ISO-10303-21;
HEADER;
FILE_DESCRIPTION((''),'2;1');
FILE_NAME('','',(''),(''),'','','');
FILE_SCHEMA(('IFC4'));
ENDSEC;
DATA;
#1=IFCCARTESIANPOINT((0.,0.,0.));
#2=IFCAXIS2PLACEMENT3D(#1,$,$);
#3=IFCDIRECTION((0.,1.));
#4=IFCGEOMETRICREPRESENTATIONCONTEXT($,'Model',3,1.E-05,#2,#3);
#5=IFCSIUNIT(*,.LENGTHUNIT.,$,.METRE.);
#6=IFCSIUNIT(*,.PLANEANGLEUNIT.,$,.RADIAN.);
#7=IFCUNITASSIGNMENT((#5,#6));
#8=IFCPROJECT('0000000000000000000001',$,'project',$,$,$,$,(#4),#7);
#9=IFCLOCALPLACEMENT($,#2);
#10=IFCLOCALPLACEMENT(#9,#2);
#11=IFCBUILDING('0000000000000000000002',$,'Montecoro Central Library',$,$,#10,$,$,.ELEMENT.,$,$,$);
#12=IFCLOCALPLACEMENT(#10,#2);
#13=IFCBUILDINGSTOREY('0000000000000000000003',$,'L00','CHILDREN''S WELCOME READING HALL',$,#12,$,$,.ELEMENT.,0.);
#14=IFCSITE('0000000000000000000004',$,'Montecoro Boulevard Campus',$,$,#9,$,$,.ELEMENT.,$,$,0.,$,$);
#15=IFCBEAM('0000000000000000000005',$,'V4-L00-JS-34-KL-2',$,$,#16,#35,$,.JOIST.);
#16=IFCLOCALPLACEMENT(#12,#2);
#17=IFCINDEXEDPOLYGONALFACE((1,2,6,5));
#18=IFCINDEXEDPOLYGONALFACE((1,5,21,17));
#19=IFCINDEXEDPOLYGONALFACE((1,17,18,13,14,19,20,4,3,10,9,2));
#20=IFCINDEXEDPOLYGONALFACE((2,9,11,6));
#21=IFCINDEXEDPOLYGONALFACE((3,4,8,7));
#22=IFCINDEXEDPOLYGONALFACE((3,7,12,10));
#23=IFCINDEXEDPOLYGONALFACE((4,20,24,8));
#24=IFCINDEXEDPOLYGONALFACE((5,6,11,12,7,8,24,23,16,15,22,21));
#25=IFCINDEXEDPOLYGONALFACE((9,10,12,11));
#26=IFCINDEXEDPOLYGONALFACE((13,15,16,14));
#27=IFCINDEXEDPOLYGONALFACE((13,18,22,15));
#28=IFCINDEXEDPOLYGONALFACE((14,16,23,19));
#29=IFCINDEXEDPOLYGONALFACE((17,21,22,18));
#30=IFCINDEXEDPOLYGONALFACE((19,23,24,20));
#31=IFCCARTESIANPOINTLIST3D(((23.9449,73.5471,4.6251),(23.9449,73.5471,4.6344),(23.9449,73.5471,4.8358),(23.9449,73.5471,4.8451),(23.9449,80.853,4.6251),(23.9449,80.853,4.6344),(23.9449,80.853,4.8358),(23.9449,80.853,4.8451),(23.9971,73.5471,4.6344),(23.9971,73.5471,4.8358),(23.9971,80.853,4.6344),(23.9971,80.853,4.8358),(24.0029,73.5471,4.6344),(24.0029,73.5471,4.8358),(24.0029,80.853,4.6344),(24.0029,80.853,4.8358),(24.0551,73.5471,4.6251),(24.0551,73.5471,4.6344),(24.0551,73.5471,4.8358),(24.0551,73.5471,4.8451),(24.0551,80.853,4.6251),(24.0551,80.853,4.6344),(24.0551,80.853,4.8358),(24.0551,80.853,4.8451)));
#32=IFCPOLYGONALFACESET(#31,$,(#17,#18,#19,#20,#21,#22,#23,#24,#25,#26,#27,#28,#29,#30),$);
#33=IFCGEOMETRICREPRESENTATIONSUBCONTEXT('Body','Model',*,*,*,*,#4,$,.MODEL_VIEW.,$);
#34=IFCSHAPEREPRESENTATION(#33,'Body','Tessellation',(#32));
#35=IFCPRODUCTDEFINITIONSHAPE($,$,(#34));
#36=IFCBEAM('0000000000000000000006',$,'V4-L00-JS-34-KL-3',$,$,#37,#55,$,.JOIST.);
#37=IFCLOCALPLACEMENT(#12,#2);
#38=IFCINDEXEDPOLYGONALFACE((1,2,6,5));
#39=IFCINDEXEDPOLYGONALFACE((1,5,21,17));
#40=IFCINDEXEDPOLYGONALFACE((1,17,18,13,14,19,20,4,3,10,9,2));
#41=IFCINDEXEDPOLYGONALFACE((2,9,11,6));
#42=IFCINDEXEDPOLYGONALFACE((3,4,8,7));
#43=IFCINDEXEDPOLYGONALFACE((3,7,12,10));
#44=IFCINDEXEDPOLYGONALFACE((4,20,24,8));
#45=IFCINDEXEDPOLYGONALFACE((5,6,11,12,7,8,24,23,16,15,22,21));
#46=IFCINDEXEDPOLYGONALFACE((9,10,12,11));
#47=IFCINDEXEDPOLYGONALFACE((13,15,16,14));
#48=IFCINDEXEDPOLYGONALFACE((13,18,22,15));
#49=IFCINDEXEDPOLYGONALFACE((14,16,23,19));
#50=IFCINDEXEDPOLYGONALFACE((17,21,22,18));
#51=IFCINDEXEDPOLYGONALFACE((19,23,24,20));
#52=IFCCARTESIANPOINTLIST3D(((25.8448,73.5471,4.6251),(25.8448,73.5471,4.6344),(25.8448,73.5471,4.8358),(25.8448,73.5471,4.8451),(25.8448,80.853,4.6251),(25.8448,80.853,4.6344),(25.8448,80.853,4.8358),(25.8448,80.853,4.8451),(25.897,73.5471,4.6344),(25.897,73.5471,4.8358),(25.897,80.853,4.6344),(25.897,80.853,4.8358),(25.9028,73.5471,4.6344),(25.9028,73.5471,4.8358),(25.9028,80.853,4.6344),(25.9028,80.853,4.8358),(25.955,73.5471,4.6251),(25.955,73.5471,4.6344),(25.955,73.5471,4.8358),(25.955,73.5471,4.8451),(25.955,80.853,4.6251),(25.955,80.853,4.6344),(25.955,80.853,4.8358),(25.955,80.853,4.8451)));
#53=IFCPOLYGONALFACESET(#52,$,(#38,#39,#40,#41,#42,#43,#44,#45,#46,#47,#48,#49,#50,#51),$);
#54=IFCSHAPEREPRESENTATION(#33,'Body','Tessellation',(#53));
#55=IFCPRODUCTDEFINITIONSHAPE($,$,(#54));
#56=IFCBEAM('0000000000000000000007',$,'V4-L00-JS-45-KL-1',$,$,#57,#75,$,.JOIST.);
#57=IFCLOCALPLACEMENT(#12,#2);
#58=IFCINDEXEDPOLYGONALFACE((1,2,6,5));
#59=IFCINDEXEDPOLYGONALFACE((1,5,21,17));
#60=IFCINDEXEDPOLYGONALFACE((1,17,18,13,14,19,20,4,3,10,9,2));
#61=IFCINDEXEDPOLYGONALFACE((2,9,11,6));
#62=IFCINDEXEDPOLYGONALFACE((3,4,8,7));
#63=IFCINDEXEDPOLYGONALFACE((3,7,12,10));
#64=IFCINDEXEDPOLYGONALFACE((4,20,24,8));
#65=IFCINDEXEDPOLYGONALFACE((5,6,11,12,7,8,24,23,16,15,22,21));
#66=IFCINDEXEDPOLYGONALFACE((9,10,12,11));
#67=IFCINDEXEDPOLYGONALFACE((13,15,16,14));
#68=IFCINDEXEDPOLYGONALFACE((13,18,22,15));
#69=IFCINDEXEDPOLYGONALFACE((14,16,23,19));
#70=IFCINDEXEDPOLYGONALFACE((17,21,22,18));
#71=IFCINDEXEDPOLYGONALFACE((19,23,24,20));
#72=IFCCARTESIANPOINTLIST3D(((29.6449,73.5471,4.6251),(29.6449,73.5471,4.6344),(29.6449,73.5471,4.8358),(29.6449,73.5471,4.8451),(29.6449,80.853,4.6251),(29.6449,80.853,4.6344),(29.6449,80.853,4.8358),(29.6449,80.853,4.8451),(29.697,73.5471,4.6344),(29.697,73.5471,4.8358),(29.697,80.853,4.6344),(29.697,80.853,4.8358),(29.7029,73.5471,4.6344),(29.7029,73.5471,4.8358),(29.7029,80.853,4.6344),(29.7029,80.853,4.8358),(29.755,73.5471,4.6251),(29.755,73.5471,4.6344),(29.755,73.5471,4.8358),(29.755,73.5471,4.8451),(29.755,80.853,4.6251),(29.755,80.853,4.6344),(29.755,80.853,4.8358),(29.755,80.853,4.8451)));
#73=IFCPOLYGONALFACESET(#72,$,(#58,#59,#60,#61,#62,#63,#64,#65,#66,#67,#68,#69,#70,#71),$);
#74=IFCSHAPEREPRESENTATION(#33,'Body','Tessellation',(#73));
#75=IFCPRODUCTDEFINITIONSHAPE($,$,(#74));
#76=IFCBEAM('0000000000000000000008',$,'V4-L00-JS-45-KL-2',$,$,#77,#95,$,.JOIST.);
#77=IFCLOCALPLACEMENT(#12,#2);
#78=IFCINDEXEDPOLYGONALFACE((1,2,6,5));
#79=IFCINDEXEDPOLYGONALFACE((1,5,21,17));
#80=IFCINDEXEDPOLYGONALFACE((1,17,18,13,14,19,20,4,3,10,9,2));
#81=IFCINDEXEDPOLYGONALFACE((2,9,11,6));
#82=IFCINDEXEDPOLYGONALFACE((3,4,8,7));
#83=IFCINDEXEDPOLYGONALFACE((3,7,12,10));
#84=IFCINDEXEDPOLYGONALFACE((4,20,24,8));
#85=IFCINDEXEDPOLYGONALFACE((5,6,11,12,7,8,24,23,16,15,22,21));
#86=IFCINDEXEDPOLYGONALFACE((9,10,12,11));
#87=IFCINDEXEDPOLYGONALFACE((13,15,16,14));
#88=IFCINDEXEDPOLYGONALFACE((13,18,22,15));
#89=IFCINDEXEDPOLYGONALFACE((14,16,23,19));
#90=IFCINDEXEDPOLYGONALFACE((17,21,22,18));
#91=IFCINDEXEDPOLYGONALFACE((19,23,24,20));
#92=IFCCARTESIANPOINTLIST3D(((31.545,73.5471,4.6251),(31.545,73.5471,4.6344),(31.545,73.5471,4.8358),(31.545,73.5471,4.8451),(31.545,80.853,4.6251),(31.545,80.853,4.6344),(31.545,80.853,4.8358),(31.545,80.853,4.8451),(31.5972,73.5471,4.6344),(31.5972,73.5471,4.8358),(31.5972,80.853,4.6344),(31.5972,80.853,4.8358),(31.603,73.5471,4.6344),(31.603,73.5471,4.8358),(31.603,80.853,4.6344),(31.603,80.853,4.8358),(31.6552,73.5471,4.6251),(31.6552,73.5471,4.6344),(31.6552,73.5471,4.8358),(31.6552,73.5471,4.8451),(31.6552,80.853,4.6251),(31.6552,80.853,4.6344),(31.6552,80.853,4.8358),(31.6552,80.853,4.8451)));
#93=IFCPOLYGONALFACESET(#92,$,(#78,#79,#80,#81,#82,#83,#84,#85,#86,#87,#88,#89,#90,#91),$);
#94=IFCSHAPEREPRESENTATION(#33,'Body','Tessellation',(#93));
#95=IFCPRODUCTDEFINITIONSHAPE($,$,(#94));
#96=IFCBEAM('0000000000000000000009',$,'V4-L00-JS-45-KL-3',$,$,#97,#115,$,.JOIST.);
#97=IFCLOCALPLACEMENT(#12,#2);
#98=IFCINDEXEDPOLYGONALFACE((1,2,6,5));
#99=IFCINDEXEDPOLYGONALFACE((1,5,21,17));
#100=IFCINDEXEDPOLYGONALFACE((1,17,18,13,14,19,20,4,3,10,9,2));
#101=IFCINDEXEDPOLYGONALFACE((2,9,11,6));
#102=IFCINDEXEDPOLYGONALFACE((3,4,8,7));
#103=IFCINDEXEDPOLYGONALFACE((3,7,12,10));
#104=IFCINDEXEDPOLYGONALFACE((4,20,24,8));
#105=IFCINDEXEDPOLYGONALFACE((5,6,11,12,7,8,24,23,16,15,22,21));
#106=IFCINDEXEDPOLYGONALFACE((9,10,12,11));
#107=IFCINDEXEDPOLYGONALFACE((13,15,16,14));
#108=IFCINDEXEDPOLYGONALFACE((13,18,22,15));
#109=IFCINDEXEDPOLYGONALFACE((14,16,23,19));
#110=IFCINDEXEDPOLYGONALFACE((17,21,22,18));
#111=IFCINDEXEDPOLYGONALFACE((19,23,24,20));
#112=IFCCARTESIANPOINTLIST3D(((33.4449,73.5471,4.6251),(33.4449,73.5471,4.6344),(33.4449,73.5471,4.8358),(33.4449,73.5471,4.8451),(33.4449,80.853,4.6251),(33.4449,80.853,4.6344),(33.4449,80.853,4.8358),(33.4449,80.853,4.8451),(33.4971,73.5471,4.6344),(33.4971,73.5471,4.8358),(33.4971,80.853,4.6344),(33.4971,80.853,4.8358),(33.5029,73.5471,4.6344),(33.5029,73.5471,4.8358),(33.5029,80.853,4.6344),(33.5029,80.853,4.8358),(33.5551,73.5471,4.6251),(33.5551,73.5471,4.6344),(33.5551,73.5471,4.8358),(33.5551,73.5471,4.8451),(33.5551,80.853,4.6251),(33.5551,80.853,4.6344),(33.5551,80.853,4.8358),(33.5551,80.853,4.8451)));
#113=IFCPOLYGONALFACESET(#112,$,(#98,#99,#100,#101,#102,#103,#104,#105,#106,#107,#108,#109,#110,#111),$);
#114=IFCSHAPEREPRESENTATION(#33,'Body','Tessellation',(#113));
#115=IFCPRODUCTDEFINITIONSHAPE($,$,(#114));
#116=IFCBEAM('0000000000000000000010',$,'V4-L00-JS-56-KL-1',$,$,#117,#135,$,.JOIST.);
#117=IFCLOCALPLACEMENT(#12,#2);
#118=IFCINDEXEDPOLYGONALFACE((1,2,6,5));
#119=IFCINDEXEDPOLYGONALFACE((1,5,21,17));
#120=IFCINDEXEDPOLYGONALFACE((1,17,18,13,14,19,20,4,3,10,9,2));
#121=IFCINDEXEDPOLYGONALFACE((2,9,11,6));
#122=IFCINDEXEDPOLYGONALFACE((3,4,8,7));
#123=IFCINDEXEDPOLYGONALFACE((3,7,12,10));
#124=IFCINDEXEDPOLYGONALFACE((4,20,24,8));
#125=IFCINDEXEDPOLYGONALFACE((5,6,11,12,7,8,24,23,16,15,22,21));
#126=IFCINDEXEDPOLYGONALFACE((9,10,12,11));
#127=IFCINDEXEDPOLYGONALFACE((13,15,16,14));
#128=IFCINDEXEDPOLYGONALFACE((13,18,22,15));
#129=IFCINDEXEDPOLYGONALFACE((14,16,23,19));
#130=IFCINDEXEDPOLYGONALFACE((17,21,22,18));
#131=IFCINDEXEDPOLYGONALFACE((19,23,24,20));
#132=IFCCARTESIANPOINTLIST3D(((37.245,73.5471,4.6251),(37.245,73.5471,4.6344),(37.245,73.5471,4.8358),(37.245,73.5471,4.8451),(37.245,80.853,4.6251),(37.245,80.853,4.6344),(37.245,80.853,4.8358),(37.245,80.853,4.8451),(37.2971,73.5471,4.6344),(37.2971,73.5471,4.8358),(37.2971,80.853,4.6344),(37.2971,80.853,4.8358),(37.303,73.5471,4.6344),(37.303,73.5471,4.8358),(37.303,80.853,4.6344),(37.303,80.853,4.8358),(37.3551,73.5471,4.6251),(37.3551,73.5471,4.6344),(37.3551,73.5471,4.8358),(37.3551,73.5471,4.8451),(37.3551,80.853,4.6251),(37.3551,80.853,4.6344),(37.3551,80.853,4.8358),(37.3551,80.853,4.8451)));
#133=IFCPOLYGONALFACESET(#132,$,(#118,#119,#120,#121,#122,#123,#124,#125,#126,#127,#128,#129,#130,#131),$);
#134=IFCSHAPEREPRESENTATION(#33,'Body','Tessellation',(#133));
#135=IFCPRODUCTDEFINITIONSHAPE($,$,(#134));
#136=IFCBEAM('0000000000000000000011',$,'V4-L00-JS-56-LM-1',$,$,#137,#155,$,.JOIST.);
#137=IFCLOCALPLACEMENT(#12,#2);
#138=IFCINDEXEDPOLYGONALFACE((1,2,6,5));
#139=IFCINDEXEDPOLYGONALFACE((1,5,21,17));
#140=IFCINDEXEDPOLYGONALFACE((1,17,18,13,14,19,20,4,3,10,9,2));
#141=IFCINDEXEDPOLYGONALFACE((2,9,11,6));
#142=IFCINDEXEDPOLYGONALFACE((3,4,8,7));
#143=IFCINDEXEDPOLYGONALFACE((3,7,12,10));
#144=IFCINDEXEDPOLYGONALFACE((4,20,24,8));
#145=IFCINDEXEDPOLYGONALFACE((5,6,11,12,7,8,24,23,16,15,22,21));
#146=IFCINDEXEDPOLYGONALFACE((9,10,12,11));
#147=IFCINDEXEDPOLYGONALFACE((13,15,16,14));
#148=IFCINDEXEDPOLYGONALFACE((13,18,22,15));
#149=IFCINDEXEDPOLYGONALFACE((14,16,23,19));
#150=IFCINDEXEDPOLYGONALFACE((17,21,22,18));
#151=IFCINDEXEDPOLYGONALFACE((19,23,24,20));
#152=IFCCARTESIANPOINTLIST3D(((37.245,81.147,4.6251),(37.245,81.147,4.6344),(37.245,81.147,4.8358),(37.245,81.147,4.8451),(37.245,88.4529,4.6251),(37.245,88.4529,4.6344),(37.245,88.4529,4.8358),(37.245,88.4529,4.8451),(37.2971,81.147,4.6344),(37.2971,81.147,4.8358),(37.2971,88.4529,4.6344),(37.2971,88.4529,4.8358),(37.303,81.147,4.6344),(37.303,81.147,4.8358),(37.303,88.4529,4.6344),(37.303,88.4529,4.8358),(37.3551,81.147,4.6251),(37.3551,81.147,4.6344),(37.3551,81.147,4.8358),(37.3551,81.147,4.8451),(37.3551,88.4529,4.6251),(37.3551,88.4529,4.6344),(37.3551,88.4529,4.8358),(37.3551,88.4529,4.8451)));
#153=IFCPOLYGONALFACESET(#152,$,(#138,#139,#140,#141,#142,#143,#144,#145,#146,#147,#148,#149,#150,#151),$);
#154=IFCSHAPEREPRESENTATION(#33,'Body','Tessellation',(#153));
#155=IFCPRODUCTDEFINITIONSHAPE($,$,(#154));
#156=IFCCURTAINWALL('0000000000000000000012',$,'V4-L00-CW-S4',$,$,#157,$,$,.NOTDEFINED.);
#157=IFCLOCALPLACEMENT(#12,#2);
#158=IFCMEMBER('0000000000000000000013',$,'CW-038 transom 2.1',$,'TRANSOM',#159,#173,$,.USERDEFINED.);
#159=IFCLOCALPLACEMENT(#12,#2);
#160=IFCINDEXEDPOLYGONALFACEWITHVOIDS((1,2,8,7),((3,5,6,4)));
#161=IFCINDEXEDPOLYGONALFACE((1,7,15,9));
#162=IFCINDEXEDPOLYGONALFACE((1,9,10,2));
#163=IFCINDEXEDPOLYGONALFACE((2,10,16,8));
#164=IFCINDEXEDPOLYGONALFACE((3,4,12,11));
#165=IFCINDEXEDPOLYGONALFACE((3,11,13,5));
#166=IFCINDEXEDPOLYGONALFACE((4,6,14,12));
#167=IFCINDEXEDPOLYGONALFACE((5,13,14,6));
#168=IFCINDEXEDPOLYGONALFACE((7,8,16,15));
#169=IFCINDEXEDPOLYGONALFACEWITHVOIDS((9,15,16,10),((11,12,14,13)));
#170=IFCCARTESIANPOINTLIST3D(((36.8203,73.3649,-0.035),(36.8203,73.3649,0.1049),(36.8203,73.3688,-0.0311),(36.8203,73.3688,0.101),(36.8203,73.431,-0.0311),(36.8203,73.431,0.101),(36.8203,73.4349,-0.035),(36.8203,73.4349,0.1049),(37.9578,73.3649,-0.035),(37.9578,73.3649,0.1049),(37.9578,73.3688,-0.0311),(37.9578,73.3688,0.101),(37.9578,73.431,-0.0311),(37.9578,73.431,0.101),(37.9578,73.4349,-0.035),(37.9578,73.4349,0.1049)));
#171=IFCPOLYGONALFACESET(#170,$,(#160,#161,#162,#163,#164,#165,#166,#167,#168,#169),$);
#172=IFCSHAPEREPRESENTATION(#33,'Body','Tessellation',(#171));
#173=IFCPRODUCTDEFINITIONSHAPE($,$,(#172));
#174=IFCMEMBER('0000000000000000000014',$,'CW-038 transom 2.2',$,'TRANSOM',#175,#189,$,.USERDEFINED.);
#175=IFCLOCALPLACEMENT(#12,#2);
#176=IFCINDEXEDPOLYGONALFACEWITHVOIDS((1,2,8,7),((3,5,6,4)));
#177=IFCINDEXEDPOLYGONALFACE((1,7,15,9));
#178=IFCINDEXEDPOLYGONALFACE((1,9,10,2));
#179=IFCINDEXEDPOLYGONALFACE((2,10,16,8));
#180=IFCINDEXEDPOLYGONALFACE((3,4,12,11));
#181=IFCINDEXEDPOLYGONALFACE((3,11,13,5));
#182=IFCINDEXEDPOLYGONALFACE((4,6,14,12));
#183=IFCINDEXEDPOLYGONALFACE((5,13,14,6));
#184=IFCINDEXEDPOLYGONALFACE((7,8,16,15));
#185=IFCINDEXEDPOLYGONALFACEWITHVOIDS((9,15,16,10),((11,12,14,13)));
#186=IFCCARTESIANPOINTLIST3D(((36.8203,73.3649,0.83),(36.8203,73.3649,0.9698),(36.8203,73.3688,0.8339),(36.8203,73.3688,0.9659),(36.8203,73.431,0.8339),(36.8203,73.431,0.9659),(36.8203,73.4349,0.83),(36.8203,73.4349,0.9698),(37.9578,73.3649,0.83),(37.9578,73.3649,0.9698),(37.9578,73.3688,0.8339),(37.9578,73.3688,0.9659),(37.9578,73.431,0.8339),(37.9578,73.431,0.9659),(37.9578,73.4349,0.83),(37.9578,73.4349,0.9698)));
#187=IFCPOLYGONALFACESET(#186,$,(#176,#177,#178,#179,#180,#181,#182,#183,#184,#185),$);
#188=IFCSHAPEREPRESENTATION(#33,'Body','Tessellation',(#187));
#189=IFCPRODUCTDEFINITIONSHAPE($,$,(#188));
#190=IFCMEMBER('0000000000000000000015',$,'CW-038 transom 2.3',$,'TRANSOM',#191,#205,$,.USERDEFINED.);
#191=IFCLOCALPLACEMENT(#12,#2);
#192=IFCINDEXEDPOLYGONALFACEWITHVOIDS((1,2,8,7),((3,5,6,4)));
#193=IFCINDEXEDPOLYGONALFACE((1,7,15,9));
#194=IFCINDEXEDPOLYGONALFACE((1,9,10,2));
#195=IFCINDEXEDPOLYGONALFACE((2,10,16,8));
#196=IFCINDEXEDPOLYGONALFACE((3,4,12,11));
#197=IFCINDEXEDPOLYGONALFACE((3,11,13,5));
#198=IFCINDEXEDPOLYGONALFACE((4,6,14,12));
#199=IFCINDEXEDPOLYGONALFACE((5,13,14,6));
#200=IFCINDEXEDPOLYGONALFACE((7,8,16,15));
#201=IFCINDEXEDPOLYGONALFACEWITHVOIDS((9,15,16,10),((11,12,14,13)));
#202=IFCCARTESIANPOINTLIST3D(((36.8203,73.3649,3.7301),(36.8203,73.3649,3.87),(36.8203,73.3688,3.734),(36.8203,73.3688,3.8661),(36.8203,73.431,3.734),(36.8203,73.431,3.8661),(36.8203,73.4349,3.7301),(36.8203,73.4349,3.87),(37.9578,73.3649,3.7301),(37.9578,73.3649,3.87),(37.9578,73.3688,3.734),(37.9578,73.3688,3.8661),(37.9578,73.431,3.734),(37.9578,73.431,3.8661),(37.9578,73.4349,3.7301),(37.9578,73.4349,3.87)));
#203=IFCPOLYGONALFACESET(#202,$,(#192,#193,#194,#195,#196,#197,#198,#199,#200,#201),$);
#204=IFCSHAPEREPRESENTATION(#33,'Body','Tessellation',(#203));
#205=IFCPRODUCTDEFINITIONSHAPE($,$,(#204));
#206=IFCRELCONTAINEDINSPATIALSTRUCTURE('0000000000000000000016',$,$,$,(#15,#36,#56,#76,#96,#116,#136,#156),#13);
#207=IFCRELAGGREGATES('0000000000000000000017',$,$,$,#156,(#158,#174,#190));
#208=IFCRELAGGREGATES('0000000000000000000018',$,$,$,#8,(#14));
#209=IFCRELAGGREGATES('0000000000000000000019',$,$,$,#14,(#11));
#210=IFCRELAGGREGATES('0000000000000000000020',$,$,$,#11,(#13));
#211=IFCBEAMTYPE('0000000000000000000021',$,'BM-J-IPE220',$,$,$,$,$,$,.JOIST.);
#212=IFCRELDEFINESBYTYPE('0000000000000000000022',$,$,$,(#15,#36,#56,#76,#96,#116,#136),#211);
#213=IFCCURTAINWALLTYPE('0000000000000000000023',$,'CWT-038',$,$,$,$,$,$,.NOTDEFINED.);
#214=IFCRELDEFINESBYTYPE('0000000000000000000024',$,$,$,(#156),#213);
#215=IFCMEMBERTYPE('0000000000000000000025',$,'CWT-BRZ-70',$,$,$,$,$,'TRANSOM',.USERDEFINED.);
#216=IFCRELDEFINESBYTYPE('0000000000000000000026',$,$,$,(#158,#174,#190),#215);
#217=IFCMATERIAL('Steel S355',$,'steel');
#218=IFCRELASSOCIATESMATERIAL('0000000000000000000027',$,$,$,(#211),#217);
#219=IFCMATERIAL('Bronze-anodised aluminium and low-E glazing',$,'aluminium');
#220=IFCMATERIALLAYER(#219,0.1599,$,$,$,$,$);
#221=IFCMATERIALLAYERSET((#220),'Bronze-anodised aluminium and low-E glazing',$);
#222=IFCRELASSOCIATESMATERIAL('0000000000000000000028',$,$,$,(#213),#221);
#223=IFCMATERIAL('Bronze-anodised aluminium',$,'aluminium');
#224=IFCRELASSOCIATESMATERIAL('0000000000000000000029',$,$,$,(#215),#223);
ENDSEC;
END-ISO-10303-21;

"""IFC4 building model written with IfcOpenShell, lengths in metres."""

from ifc_helpers import new_model, si_unit, direction, frame, origin, origin_2d, place, context, subcontext, project, spatial, hollow_rectangle, i_section, extrude, material, layer, layer_set, material_profile, profile_set, type_object, element, aggregate, save


model = new_model("IFC4")

# Units and contexts
model_context = context("Model", 3, precision=1e-05, world=origin(), true_north=direction((0.0, 1.0)))
body_context = subcontext(model_context, "Body", "Model", "MODEL_VIEW")
ifc_project = project(units=[si_unit("LENGTHUNIT", "METRE"), si_unit("PLANEANGLEUNIT", "RADIAN")], contexts=[model_context])

# Site, building, storey
site_placement = place(None, origin())
site = spatial("IfcSite", under=ifc_project, at=site_placement, Name="Montecoro Boulevard Campus", CompositionType="ELEMENT", RefElevation=0.0)
building_placement = place(site_placement, origin())
building = spatial("IfcBuilding", under=site, at=building_placement, Name="Montecoro Central Library", CompositionType="ELEMENT")
storey_placement = place(building_placement, origin())
storey = spatial("IfcBuildingStorey", under=building, at=storey_placement, Name="L00", Description="CHILDREN'S WELCOME READING HALL", CompositionType="ELEMENT", Elevation=0.0)

# Beams
ifc_material_1 = material(Name="Steel S355", Category="steel")
ifc_material_profile_1 = material_profile(ifc_material_1, i_section(OverallWidth=0.1101, OverallDepth=0.22, WebThickness=0.0059, FlangeThickness=0.0093, at=origin_2d()), Name="IPE 220")
ifc_profile_set_1 = profile_set([ifc_material_profile_1], Name="Steel S355")
beam_type_1 = type_object("IfcBeamType", Name="BM-J-IPE220", PredefinedType="JOIST", material=ifc_profile_set_1)
for number, where, z_axis, x_axis, name in (
    (1, (24.0, 73.5471, 4.7351), (0.0, 1.0, 0.0), (-1.0, 0.0, 0.0), "V4-L00-JS-34-KL-2"),
    (2, (25.8999, 73.5471, 4.7351), (0.0, 1.0, 0.0), (-1.0, 0.0, 0.0), "V4-L00-JS-34-KL-3"),
    (3, (29.7, 73.5471, 4.7351), (0.0, 1.0, 0.0), (-1.0, 0.0, 0.0), "V4-L00-JS-45-KL-1"),
    (4, (31.6001, 73.5471, 4.7351), (0.0, 1.0, 0.0), (-1.0, 0.0, 0.0), "V4-L00-JS-45-KL-2"),
    (5, (33.5, 73.5471, 4.7351), (0.0, 1.0, 0.0), (-1.0, 0.0, 0.0), "V4-L00-JS-45-KL-3"),
    (6, (37.3, 73.5471, 4.7351), (0.0, 1.0, 0.0), (-1.0, 0.0, 0.0), "V4-L00-JS-56-KL-1"),
    (7, (37.3, 81.147, 4.7351), (0.0, 1.0, 0.0), (-1.0, 0.0, 0.0), "V4-L00-JS-56-LM-1"),
):
    element("IfcBeam", number, at=place(storey_placement, frame(where, z_axis=z_axis, x_axis=x_axis)), inside=storey, type_object=beam_type_1, Name=name, PredefinedType="JOIST", context=body_context, shape_type="SweptSolid", body=[
        extrude(i_section(OverallWidth=0.1101, OverallDepth=0.22, WebThickness=0.0059, FlangeThickness=0.0093, at=origin_2d()), origin(), (0.0, 0.0, 1.0), 7.3059),
    ])

# Curtain wall, members
ifc_material_2 = material(Name="Bronze-anodised aluminium and low-E glazing", Category="aluminium")
ifc_layer_1 = layer(ifc_material_2, 0.1599)
ifc_layer_set_1 = layer_set([ifc_layer_1], Name="Bronze-anodised aluminium and low-E glazing")
curtain_wall_type = type_object("IfcCurtainWallType", Name="CWT-038", PredefinedType="NOTDEFINED", material=ifc_layer_set_1)
curtain_wall_placement = place(storey_placement, origin())
curtain_wall = element("IfcCurtainWall", 8, at=curtain_wall_placement, inside=storey, type_object=curtain_wall_type, Name="V4-L00-CW-S4", PredefinedType="NOTDEFINED")
ifc_material_3 = material(Name="Bronze-anodised aluminium", Category="aluminium")
ifc_material_profile_2 = material_profile(ifc_material_3, hollow_rectangle(XDim=0.0701, YDim=0.1399, WallThickness=0.0039, at=origin_2d()), Name="CWT 140x70x4.0")
ifc_profile_set_2 = profile_set([ifc_material_profile_2], Name="Bronze-anodised aluminium")
member_type = type_object("IfcMemberType", Name="CWT-BRZ-70", ElementType="TRANSOM", PredefinedType="USERDEFINED", material=ifc_profile_set_2)
member_1_placement = place(storey_placement, frame((36.8203, 73.3999, 0.0349), z_axis=(1.0, 0.0, 0.0), x_axis=(0.0, 1.0, 0.0)))
member_1 = element("IfcMember", 9, at=member_1_placement, type_object=member_type, Name="CW-038 transom 2.1", ObjectType="TRANSOM", PredefinedType="USERDEFINED", context=body_context, shape_type="SweptSolid", body=[
    extrude(hollow_rectangle(XDim=0.0701, YDim=0.1399, WallThickness=0.0039, at=origin_2d()), origin(), (0.0, 0.0, 1.0), 1.1375),
])
member_2_placement = place(storey_placement, frame((36.8203, 73.3999, 0.8999), z_axis=(1.0, 0.0, 0.0), x_axis=(0.0, 1.0, 0.0)))
member_2 = element("IfcMember", 10, at=member_2_placement, type_object=member_type, Name="CW-038 transom 2.2", ObjectType="TRANSOM", PredefinedType="USERDEFINED", context=body_context, shape_type="SweptSolid", body=[
    extrude(hollow_rectangle(XDim=0.0701, YDim=0.1399, WallThickness=0.0039, at=origin_2d()), origin(), (0.0, 0.0, 1.0), 1.1375),
])
member_3_placement = place(storey_placement, frame((36.8203, 73.3999, 3.8), z_axis=(1.0, 0.0, 0.0), x_axis=(0.0, 1.0, 0.0)))
member_3 = element("IfcMember", 11, at=member_3_placement, type_object=member_type, Name="CW-038 transom 2.3", ObjectType="TRANSOM", PredefinedType="USERDEFINED", context=body_context, shape_type="SweptSolid", body=[
    extrude(hollow_rectangle(XDim=0.0701, YDim=0.1399, WallThickness=0.0039, at=origin_2d()), origin(), (0.0, 0.0, 1.0), 1.1375),
])
aggregate(curtain_wall, [member_1, member_2, member_3])

save(model, "model.ifc")
